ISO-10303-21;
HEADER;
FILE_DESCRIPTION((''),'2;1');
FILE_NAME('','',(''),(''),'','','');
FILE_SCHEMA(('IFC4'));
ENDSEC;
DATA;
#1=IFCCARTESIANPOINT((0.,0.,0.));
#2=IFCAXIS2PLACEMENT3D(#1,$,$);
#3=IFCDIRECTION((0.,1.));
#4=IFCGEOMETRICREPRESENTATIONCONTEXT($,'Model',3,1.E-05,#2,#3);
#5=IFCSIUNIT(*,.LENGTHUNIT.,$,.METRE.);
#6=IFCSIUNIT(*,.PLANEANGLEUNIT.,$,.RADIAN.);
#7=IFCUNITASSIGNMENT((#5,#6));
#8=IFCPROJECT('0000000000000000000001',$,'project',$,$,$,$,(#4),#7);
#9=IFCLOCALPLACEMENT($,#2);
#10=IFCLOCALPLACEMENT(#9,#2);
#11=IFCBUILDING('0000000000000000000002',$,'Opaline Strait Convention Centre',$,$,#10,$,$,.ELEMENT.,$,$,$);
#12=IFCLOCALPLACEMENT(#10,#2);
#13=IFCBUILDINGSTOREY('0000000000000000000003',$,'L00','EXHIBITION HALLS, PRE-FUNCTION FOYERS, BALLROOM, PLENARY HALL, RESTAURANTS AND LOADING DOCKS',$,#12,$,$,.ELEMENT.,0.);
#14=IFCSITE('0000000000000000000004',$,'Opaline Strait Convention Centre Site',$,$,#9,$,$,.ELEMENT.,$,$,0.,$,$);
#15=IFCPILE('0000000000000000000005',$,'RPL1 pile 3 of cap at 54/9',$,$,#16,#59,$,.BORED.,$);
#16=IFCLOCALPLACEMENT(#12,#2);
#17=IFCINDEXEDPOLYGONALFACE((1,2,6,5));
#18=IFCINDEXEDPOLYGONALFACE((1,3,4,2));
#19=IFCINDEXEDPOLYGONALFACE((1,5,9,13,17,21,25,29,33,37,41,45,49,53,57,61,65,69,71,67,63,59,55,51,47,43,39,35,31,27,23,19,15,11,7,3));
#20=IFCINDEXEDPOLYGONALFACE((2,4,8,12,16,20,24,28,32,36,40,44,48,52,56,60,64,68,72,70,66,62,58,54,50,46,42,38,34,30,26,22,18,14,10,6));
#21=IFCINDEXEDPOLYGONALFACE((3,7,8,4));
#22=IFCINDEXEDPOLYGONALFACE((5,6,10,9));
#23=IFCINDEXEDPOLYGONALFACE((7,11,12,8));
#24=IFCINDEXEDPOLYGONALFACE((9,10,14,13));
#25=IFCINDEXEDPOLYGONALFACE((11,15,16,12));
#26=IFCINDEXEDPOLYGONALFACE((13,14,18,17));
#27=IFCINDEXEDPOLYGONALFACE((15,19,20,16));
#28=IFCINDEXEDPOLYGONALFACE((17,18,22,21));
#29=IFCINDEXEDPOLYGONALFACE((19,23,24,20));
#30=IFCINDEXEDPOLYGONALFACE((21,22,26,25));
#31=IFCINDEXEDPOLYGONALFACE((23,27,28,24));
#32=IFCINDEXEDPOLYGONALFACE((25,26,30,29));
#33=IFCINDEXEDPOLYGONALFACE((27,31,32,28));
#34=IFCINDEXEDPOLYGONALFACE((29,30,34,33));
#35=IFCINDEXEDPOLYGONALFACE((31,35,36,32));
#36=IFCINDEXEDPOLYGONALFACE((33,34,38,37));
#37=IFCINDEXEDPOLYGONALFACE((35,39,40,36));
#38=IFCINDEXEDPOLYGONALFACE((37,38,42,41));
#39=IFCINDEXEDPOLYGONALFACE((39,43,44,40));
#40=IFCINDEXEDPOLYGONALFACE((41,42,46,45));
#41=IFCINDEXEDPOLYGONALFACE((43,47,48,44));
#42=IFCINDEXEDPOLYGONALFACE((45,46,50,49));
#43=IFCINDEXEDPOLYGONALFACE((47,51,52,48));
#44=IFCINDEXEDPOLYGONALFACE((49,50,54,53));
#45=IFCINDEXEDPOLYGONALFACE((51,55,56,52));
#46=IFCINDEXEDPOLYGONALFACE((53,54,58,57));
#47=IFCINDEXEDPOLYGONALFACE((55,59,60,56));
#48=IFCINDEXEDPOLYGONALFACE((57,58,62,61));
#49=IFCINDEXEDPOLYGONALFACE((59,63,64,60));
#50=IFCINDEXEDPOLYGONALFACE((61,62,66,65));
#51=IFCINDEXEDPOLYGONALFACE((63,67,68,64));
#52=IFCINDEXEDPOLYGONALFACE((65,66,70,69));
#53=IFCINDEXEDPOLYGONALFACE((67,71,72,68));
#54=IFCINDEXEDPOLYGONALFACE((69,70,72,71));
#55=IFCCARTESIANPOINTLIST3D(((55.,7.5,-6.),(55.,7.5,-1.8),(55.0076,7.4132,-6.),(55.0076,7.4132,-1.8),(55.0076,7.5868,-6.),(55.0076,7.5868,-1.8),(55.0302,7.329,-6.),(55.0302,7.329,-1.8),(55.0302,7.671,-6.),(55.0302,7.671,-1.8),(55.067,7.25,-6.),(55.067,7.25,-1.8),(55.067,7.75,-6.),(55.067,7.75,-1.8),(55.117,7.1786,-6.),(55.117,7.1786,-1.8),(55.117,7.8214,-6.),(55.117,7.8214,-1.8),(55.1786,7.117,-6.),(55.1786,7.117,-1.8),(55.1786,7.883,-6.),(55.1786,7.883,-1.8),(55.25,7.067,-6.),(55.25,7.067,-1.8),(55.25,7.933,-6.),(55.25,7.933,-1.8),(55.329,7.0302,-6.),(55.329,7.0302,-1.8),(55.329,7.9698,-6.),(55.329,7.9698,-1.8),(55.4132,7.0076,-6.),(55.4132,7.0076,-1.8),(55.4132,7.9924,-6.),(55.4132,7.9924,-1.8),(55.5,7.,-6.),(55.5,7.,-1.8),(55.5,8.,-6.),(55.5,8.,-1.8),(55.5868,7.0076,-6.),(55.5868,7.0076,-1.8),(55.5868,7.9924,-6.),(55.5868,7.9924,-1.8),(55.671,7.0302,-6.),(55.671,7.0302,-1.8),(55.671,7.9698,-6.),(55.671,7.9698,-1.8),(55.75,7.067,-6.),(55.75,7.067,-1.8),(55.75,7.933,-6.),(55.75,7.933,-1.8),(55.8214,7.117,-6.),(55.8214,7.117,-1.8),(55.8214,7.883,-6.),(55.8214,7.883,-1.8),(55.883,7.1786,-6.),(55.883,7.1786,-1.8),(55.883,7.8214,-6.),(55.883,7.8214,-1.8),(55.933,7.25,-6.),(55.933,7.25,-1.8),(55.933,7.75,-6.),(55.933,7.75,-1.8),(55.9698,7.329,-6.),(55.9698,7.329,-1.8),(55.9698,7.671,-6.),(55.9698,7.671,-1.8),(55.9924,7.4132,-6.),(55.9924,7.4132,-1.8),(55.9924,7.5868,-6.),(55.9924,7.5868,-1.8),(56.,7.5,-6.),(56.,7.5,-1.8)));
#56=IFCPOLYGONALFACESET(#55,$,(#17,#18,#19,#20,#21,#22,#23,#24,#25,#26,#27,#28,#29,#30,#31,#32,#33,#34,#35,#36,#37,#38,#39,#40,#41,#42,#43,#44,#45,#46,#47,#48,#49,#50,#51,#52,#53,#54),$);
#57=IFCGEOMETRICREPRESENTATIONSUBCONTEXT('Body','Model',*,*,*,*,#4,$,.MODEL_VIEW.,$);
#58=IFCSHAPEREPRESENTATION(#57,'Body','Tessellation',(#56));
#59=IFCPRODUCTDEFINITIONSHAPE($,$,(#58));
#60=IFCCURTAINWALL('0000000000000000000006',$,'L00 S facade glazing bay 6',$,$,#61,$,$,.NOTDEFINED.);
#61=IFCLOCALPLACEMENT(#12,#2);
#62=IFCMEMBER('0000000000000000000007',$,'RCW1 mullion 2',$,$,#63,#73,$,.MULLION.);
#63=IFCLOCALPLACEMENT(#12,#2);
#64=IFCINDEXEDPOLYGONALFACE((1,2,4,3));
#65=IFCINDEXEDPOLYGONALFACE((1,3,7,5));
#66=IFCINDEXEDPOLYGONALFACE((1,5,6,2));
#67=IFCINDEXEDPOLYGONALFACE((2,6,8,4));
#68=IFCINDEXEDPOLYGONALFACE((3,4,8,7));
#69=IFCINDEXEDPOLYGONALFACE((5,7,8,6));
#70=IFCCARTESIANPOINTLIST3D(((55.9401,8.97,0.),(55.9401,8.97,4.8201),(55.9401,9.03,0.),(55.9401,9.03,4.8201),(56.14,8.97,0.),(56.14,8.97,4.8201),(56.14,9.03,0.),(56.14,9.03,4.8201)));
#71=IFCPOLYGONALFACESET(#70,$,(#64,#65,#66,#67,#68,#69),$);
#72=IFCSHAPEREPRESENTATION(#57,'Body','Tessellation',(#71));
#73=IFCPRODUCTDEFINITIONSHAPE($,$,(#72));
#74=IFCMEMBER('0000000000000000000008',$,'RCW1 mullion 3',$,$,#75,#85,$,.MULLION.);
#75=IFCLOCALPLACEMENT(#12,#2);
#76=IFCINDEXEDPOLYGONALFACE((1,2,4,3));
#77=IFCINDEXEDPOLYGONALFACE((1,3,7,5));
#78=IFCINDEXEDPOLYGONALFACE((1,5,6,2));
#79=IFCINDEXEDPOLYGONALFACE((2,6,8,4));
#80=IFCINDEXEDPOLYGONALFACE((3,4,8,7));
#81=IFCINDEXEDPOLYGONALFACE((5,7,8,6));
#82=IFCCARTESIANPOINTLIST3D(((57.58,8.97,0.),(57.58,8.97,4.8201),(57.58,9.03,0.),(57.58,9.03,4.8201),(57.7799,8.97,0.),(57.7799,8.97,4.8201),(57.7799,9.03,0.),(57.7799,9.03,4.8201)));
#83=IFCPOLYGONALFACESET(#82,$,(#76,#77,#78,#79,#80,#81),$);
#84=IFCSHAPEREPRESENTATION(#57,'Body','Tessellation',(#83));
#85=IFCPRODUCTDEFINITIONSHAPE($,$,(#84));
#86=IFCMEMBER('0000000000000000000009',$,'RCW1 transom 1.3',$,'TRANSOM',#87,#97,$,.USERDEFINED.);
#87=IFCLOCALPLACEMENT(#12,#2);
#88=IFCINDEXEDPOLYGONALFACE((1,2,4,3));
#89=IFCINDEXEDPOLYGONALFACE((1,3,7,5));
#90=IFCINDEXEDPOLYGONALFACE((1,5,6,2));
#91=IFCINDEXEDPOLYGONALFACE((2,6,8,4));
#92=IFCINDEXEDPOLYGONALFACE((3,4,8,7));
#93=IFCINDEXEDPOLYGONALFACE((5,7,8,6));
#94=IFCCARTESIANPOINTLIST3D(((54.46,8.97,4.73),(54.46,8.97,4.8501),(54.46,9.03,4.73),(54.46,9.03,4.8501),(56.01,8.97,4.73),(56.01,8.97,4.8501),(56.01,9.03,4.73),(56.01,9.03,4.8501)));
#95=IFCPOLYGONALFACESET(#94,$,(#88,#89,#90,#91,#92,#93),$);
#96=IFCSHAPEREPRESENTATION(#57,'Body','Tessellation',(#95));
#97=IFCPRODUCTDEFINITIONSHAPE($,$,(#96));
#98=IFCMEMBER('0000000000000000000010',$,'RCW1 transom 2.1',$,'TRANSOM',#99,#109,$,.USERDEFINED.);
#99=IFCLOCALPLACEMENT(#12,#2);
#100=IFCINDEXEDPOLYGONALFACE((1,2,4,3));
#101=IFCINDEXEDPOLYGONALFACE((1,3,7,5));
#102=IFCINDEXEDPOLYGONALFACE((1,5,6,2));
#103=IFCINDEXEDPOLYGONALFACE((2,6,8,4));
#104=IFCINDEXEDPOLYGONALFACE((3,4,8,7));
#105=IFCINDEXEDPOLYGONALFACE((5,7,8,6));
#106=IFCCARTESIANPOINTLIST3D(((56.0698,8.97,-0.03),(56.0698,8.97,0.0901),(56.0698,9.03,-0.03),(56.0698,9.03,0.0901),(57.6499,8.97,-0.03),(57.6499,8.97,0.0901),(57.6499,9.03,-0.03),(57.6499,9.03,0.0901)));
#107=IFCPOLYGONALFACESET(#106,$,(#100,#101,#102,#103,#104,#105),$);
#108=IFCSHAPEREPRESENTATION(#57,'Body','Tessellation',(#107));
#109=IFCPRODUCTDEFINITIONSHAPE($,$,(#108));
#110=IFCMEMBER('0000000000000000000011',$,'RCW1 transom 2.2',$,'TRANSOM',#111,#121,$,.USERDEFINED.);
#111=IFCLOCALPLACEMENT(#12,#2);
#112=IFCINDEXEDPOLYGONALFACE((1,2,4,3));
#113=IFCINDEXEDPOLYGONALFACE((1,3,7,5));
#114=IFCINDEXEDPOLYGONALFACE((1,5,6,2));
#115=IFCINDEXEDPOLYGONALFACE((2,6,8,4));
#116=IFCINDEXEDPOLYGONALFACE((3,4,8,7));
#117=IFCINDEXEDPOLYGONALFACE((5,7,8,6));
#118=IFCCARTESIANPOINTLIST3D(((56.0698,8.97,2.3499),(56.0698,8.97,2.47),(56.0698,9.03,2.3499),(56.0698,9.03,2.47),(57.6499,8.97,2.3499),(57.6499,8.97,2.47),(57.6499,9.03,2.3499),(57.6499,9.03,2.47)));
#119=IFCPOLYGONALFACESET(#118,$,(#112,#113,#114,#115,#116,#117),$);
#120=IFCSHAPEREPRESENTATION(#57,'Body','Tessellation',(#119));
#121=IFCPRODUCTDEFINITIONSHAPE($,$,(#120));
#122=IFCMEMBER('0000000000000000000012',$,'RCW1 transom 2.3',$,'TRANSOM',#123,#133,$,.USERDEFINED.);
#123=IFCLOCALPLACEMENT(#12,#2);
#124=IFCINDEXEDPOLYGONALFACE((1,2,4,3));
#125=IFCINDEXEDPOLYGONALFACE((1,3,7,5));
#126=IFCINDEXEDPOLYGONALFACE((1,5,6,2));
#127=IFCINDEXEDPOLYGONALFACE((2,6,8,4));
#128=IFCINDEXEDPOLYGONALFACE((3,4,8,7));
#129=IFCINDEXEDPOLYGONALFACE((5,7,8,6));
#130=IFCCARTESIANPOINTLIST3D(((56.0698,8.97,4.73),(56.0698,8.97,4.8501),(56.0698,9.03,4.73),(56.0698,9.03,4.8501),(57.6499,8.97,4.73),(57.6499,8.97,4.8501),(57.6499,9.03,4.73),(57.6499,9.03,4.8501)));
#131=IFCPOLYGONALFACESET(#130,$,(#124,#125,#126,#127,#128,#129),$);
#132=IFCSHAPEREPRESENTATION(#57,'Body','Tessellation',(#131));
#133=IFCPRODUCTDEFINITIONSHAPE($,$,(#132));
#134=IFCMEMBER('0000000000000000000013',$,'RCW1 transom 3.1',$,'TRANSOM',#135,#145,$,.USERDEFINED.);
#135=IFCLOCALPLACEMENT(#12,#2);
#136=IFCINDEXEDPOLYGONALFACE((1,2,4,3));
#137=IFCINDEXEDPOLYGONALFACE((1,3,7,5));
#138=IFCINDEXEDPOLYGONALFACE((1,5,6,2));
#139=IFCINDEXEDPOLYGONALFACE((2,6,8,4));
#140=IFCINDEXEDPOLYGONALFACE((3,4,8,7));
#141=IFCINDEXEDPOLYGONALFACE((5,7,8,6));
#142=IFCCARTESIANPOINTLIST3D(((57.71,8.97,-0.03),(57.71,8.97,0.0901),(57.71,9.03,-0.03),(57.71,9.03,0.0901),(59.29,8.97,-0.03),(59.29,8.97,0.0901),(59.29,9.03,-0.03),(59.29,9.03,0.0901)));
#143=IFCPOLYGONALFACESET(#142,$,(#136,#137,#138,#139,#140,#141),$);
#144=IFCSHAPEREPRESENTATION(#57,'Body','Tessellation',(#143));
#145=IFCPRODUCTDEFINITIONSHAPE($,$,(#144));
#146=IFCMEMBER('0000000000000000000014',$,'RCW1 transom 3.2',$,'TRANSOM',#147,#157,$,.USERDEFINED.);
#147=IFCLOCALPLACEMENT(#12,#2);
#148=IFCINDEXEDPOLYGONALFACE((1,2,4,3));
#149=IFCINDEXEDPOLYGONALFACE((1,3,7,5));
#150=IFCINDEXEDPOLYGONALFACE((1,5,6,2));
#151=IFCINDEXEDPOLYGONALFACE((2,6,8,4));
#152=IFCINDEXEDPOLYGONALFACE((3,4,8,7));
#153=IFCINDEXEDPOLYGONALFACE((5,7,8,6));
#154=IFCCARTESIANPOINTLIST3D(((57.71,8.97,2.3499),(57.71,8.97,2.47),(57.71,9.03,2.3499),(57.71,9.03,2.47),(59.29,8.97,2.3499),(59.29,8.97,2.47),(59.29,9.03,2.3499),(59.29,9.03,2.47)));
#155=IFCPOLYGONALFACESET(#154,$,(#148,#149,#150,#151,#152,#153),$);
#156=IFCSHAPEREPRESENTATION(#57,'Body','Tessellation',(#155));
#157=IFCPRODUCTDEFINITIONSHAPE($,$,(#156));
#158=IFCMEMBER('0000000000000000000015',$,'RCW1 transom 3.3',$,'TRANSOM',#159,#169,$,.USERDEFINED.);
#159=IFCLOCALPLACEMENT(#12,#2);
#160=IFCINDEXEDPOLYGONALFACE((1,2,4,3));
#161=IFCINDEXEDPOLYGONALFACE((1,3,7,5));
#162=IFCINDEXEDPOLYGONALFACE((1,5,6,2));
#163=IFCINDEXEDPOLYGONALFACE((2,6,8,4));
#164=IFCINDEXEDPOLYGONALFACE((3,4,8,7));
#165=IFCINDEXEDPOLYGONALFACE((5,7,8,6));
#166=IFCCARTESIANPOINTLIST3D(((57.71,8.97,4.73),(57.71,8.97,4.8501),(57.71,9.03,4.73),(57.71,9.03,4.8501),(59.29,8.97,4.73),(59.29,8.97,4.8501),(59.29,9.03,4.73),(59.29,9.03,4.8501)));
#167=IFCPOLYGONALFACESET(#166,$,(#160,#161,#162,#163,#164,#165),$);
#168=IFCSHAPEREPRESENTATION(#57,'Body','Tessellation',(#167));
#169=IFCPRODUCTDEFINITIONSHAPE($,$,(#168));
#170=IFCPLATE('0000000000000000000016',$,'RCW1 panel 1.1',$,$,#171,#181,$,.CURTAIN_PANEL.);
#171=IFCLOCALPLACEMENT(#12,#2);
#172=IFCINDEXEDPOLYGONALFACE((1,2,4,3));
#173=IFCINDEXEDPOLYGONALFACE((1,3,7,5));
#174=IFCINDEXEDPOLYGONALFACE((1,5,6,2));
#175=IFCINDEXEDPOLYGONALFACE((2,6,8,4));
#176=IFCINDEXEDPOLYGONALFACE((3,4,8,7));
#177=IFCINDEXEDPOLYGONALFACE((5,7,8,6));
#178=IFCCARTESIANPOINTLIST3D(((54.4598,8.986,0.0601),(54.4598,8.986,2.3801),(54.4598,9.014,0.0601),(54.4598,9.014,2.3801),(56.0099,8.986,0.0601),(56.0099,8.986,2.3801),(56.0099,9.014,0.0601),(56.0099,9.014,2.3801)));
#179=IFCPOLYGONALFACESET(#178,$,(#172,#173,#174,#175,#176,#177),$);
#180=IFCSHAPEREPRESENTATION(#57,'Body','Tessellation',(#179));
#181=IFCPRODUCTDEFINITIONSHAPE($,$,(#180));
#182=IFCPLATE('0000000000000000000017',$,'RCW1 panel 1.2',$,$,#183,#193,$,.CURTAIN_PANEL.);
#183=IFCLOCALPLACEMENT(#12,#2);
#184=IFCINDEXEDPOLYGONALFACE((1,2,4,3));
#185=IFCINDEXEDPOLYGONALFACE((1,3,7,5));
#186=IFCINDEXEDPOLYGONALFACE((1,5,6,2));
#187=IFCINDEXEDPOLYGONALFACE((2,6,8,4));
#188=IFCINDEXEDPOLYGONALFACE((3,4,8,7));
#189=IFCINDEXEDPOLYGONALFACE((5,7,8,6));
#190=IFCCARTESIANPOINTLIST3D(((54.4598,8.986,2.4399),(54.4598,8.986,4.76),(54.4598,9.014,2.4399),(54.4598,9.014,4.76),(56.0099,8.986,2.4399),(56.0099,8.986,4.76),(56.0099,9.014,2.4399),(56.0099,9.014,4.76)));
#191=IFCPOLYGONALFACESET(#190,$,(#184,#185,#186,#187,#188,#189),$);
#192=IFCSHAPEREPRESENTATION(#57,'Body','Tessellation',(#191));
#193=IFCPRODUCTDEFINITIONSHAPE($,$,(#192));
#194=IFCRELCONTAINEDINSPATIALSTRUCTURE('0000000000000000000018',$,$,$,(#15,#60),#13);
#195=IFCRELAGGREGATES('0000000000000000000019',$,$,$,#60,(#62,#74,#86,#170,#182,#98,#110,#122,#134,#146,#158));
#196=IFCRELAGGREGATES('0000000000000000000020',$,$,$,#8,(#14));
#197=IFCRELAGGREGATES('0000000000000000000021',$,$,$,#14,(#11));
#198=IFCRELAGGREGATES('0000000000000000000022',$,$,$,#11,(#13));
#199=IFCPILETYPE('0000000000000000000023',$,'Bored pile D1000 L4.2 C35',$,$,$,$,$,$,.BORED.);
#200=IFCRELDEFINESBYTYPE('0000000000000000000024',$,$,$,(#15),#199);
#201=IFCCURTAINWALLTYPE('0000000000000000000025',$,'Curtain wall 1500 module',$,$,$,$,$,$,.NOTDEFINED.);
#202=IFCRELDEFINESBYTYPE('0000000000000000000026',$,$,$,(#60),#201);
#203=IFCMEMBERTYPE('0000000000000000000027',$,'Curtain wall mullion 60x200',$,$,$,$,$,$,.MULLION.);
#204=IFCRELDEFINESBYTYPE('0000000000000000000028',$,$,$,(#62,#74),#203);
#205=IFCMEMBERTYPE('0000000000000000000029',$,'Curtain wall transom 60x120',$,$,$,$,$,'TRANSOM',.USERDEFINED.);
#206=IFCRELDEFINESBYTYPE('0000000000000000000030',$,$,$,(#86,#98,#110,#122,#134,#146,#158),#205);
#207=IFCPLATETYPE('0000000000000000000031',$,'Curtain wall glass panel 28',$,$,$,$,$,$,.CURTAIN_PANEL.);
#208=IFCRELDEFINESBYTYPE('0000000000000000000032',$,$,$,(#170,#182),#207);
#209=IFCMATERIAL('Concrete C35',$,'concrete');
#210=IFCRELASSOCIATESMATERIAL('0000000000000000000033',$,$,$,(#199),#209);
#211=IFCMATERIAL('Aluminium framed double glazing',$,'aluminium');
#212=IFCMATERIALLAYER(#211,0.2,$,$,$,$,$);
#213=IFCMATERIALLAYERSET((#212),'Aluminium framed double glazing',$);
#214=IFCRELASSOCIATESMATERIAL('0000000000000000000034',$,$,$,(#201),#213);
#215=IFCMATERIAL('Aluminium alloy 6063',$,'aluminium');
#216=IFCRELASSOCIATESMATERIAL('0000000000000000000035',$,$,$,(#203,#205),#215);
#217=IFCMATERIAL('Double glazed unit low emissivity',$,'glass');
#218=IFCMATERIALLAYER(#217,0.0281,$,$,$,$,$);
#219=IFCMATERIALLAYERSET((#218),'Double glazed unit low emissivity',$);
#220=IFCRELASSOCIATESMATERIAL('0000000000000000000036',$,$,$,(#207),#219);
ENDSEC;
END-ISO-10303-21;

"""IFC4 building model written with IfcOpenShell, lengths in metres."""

from ifc_helpers import new_model, si_unit, direction, frame, origin, origin_2d, place, context, subcontext, project, spatial, rectangle, circle, extrude, material, layer, layer_set, material_profile, profile_set, type_object, element, aggregate, save


model = new_model("IFC4")

# Units and contexts
model_context = context("Model", 3, precision=1e-05, world=origin(), true_north=direction((0.0, 1.0)))
body_context = subcontext(model_context, "Body", "Model", "MODEL_VIEW")
ifc_project = project(units=[si_unit("LENGTHUNIT", "METRE"), si_unit("PLANEANGLEUNIT", "RADIAN")], contexts=[model_context])

# Site, building, storey
site_placement = place(None, origin())
site = spatial("IfcSite", under=ifc_project, at=site_placement, Name="Opaline Strait Convention Centre Site", CompositionType="ELEMENT", RefElevation=0.0)
building_placement = place(site_placement, origin())
building = spatial("IfcBuilding", under=site, at=building_placement, Name="Opaline Strait Convention Centre", CompositionType="ELEMENT")
storey_placement = place(building_placement, origin())
storey = spatial("IfcBuildingStorey", under=building, at=storey_placement, Name="L00", Description="EXHIBITION HALLS, PRE-FUNCTION FOYERS, BALLROOM, PLENARY HALL, RESTAURANTS AND LOADING DOCKS", CompositionType="ELEMENT", Elevation=0.0)

# Pile
ifc_material_1 = material(Name="Concrete C35", Category="concrete")
ifc_material_profile_1 = material_profile(ifc_material_1, circle(Radius=0.5, at=origin_2d()), Name="D1000")
ifc_profile_set_1 = profile_set([ifc_material_profile_1], Name="Concrete C35")
pile_type = type_object("IfcPileType", Name="Bored pile D1000 L4.2 C35", PredefinedType="BORED", material=ifc_profile_set_1)
pile_placement = place(storey_placement, frame((55.5, 7.5, -1.8), z_axis=(0.0, 0.0, -1.0), x_axis=(1.0, 0.0, 0.0)))
element("IfcPile", 1, at=pile_placement, inside=storey, type_object=pile_type, Name="RPL1 pile 3 of cap at 54/9", PredefinedType="BORED", context=body_context, shape_type="SweptSolid", body=[
    extrude(circle(Radius=0.5, at=origin_2d()), origin(), (0.0, 0.0, 1.0), 4.2),
])

# Curtain wall, members, plates
ifc_material_2 = material(Name="Aluminium framed double glazing", Category="aluminium")
ifc_layer_1 = layer(ifc_material_2, 0.2)
ifc_layer_set_1 = layer_set([ifc_layer_1], Name="Aluminium framed double glazing")
curtain_wall_type = type_object("IfcCurtainWallType", Name="Curtain wall 1500 module", PredefinedType="NOTDEFINED", material=ifc_layer_set_1)
curtain_wall_placement = place(storey_placement, origin())
curtain_wall = element("IfcCurtainWall", 2, at=curtain_wall_placement, inside=storey, type_object=curtain_wall_type, Name="L00 S facade glazing bay 6", PredefinedType="NOTDEFINED")
ifc_material_3 = material(Name="Aluminium alloy 6063", Category="aluminium")
ifc_material_profile_2 = material_profile(ifc_material_3, rectangle(XDim=0.0601, YDim=0.2, at=origin_2d()), Name="Curtain wall mullion 60x200")
ifc_profile_set_2 = profile_set([ifc_material_profile_2], Name="Aluminium alloy 6063")
member_type_1 = type_object("IfcMemberType", Name="Curtain wall mullion 60x200", PredefinedType="MULLION", material=ifc_profile_set_2)
member_1_placement = place(storey_placement, frame((56.04, 9.0, 0.0), z_axis=(0.0, 0.0, 1.0), x_axis=(0.0, 1.0, 0.0)))
member_1 = element("IfcMember", 3, at=member_1_placement, type_object=member_type_1, Name="RCW1 mullion 2", PredefinedType="MULLION", context=body_context, shape_type="SweptSolid", body=[
    extrude(rectangle(XDim=0.0601, YDim=0.2, at=origin_2d()), origin(), (0.0, 0.0, 1.0), 4.8201),
])
member_2_placement = place(storey_placement, frame((57.6799, 9.0, 0.0), z_axis=(0.0, 0.0, 1.0), x_axis=(0.0, 1.0, 0.0)))
member_2 = element("IfcMember", 4, at=member_2_placement, type_object=member_type_1, Name="RCW1 mullion 3", PredefinedType="MULLION", context=body_context, shape_type="SweptSolid", body=[
    extrude(rectangle(XDim=0.0601, YDim=0.2, at=origin_2d()), origin(), (0.0, 0.0, 1.0), 4.8201),
])
ifc_material_profile_3 = material_profile(ifc_material_3, rectangle(XDim=0.0601, YDim=0.1201, at=origin_2d()), Name="Curtain wall transom 60x120")
ifc_profile_set_3 = profile_set([ifc_material_profile_3], Name="Aluminium alloy 6063")
member_type_2 = type_object("IfcMemberType", Name="Curtain wall transom 60x120", ElementType="TRANSOM", PredefinedType="USERDEFINED", material=ifc_profile_set_3)
member_3_placement = place(storey_placement, frame((54.46, 9.0, 4.79), z_axis=(1.0, 0.0, 0.0), x_axis=(0.0, 1.0, 0.0)))
member_3 = element("IfcMember", 5, at=member_3_placement, type_object=member_type_2, Name="RCW1 transom 1.3", ObjectType="TRANSOM", PredefinedType="USERDEFINED", context=body_context, shape_type="SweptSolid", body=[
    extrude(rectangle(XDim=0.0601, YDim=0.1201, at=origin_2d()), origin(), (0.0, 0.0, 1.0), 1.55),
])
member_4_placement = place(storey_placement, frame((56.0698, 9.0, 0.03), z_axis=(1.0, 0.0, 0.0), x_axis=(0.0, 1.0, 0.0)))
member_4 = element("IfcMember", 6, at=member_4_placement, type_object=member_type_2, Name="RCW1 transom 2.1", ObjectType="TRANSOM", PredefinedType="USERDEFINED", context=body_context, shape_type="SweptSolid", body=[
    extrude(rectangle(XDim=0.0601, YDim=0.1201, at=origin_2d()), origin(), (0.0, 0.0, 1.0), 1.5801),
])
member_5_placement = place(storey_placement, frame((56.0698, 9.0, 2.4099), z_axis=(1.0, 0.0, 0.0), x_axis=(0.0, 1.0, 0.0)))
member_5 = element("IfcMember", 7, at=member_5_placement, type_object=member_type_2, Name="RCW1 transom 2.2", ObjectType="TRANSOM", PredefinedType="USERDEFINED", context=body_context, shape_type="SweptSolid", body=[
    extrude(rectangle(XDim=0.0601, YDim=0.1201, at=origin_2d()), origin(), (0.0, 0.0, 1.0), 1.5801),
])
member_6_placement = place(storey_placement, frame((56.0698, 9.0, 4.79), z_axis=(1.0, 0.0, 0.0), x_axis=(0.0, 1.0, 0.0)))
member_6 = element("IfcMember", 8, at=member_6_placement, type_object=member_type_2, Name="RCW1 transom 2.3", ObjectType="TRANSOM", PredefinedType="USERDEFINED", context=body_context, shape_type="SweptSolid", body=[
    extrude(rectangle(XDim=0.0601, YDim=0.1201, at=origin_2d()), origin(), (0.0, 0.0, 1.0), 1.5801),
])
member_7_placement = place(storey_placement, frame((57.71, 9.0, 0.03), z_axis=(1.0, 0.0, 0.0), x_axis=(0.0, 1.0, 0.0)))
member_7 = element("IfcMember", 9, at=member_7_placement, type_object=member_type_2, Name="RCW1 transom 3.1", ObjectType="TRANSOM", PredefinedType="USERDEFINED", context=body_context, shape_type="SweptSolid", body=[
    extrude(rectangle(XDim=0.0601, YDim=0.1201, at=origin_2d()), origin(), (0.0, 0.0, 1.0), 1.5801),
])
member_8_placement = place(storey_placement, frame((57.71, 9.0, 2.4099), z_axis=(1.0, 0.0, 0.0), x_axis=(0.0, 1.0, 0.0)))
member_8 = element("IfcMember", 10, at=member_8_placement, type_object=member_type_2, Name="RCW1 transom 3.2", ObjectType="TRANSOM", PredefinedType="USERDEFINED", context=body_context, shape_type="SweptSolid", body=[
    extrude(rectangle(XDim=0.0601, YDim=0.1201, at=origin_2d()), origin(), (0.0, 0.0, 1.0), 1.5801),
])
member_9_placement = place(storey_placement, frame((57.71, 9.0, 4.79), z_axis=(1.0, 0.0, 0.0), x_axis=(0.0, 1.0, 0.0)))
member_9 = element("IfcMember", 11, at=member_9_placement, type_object=member_type_2, Name="RCW1 transom 3.3", ObjectType="TRANSOM", PredefinedType="USERDEFINED", context=body_context, shape_type="SweptSolid", body=[
    extrude(rectangle(XDim=0.0601, YDim=0.1201, at=origin_2d()), origin(), (0.0, 0.0, 1.0), 1.5801),
])
ifc_material_4 = material(Name="Double glazed unit low emissivity", Category="glass")
ifc_layer_2 = layer(ifc_material_4, 0.0281)
ifc_layer_set_2 = layer_set([ifc_layer_2], Name="Double glazed unit low emissivity")
plate_type = type_object("IfcPlateType", Name="Curtain wall glass panel 28", PredefinedType="CURTAIN_PANEL", material=ifc_layer_set_2)
plate_1_placement = place(storey_placement, frame((55.2349, 9.0, 0.0601), z_axis=(0.0, 0.0, 1.0), x_axis=(1.0, 0.0, 0.0)))
plate_1 = element("IfcPlate", 12, at=plate_1_placement, type_object=plate_type, Name="RCW1 panel 1.1", PredefinedType="CURTAIN_PANEL", context=body_context, shape_type="SweptSolid", body=[
    extrude(rectangle(XDim=1.55, YDim=0.0281, at=origin_2d()), origin(), (0.0, 0.0, 1.0), 2.3201),
])
plate_2_placement = place(storey_placement, frame((55.2349, 9.0, 2.4399), z_axis=(0.0, 0.0, 1.0), x_axis=(1.0, 0.0, 0.0)))
plate_2 = element("IfcPlate", 13, at=plate_2_placement, type_object=plate_type, Name="RCW1 panel 1.2", PredefinedType="CURTAIN_PANEL", context=body_context, shape_type="SweptSolid", body=[
    extrude(rectangle(XDim=1.55, YDim=0.0281, at=origin_2d()), origin(), (0.0, 0.0, 1.0), 2.3201),
])
aggregate(curtain_wall, [member_1, member_2, member_3, plate_1, plate_2, member_4, member_5, member_6, member_7, member_8, member_9])

save(model, "model.ifc")
